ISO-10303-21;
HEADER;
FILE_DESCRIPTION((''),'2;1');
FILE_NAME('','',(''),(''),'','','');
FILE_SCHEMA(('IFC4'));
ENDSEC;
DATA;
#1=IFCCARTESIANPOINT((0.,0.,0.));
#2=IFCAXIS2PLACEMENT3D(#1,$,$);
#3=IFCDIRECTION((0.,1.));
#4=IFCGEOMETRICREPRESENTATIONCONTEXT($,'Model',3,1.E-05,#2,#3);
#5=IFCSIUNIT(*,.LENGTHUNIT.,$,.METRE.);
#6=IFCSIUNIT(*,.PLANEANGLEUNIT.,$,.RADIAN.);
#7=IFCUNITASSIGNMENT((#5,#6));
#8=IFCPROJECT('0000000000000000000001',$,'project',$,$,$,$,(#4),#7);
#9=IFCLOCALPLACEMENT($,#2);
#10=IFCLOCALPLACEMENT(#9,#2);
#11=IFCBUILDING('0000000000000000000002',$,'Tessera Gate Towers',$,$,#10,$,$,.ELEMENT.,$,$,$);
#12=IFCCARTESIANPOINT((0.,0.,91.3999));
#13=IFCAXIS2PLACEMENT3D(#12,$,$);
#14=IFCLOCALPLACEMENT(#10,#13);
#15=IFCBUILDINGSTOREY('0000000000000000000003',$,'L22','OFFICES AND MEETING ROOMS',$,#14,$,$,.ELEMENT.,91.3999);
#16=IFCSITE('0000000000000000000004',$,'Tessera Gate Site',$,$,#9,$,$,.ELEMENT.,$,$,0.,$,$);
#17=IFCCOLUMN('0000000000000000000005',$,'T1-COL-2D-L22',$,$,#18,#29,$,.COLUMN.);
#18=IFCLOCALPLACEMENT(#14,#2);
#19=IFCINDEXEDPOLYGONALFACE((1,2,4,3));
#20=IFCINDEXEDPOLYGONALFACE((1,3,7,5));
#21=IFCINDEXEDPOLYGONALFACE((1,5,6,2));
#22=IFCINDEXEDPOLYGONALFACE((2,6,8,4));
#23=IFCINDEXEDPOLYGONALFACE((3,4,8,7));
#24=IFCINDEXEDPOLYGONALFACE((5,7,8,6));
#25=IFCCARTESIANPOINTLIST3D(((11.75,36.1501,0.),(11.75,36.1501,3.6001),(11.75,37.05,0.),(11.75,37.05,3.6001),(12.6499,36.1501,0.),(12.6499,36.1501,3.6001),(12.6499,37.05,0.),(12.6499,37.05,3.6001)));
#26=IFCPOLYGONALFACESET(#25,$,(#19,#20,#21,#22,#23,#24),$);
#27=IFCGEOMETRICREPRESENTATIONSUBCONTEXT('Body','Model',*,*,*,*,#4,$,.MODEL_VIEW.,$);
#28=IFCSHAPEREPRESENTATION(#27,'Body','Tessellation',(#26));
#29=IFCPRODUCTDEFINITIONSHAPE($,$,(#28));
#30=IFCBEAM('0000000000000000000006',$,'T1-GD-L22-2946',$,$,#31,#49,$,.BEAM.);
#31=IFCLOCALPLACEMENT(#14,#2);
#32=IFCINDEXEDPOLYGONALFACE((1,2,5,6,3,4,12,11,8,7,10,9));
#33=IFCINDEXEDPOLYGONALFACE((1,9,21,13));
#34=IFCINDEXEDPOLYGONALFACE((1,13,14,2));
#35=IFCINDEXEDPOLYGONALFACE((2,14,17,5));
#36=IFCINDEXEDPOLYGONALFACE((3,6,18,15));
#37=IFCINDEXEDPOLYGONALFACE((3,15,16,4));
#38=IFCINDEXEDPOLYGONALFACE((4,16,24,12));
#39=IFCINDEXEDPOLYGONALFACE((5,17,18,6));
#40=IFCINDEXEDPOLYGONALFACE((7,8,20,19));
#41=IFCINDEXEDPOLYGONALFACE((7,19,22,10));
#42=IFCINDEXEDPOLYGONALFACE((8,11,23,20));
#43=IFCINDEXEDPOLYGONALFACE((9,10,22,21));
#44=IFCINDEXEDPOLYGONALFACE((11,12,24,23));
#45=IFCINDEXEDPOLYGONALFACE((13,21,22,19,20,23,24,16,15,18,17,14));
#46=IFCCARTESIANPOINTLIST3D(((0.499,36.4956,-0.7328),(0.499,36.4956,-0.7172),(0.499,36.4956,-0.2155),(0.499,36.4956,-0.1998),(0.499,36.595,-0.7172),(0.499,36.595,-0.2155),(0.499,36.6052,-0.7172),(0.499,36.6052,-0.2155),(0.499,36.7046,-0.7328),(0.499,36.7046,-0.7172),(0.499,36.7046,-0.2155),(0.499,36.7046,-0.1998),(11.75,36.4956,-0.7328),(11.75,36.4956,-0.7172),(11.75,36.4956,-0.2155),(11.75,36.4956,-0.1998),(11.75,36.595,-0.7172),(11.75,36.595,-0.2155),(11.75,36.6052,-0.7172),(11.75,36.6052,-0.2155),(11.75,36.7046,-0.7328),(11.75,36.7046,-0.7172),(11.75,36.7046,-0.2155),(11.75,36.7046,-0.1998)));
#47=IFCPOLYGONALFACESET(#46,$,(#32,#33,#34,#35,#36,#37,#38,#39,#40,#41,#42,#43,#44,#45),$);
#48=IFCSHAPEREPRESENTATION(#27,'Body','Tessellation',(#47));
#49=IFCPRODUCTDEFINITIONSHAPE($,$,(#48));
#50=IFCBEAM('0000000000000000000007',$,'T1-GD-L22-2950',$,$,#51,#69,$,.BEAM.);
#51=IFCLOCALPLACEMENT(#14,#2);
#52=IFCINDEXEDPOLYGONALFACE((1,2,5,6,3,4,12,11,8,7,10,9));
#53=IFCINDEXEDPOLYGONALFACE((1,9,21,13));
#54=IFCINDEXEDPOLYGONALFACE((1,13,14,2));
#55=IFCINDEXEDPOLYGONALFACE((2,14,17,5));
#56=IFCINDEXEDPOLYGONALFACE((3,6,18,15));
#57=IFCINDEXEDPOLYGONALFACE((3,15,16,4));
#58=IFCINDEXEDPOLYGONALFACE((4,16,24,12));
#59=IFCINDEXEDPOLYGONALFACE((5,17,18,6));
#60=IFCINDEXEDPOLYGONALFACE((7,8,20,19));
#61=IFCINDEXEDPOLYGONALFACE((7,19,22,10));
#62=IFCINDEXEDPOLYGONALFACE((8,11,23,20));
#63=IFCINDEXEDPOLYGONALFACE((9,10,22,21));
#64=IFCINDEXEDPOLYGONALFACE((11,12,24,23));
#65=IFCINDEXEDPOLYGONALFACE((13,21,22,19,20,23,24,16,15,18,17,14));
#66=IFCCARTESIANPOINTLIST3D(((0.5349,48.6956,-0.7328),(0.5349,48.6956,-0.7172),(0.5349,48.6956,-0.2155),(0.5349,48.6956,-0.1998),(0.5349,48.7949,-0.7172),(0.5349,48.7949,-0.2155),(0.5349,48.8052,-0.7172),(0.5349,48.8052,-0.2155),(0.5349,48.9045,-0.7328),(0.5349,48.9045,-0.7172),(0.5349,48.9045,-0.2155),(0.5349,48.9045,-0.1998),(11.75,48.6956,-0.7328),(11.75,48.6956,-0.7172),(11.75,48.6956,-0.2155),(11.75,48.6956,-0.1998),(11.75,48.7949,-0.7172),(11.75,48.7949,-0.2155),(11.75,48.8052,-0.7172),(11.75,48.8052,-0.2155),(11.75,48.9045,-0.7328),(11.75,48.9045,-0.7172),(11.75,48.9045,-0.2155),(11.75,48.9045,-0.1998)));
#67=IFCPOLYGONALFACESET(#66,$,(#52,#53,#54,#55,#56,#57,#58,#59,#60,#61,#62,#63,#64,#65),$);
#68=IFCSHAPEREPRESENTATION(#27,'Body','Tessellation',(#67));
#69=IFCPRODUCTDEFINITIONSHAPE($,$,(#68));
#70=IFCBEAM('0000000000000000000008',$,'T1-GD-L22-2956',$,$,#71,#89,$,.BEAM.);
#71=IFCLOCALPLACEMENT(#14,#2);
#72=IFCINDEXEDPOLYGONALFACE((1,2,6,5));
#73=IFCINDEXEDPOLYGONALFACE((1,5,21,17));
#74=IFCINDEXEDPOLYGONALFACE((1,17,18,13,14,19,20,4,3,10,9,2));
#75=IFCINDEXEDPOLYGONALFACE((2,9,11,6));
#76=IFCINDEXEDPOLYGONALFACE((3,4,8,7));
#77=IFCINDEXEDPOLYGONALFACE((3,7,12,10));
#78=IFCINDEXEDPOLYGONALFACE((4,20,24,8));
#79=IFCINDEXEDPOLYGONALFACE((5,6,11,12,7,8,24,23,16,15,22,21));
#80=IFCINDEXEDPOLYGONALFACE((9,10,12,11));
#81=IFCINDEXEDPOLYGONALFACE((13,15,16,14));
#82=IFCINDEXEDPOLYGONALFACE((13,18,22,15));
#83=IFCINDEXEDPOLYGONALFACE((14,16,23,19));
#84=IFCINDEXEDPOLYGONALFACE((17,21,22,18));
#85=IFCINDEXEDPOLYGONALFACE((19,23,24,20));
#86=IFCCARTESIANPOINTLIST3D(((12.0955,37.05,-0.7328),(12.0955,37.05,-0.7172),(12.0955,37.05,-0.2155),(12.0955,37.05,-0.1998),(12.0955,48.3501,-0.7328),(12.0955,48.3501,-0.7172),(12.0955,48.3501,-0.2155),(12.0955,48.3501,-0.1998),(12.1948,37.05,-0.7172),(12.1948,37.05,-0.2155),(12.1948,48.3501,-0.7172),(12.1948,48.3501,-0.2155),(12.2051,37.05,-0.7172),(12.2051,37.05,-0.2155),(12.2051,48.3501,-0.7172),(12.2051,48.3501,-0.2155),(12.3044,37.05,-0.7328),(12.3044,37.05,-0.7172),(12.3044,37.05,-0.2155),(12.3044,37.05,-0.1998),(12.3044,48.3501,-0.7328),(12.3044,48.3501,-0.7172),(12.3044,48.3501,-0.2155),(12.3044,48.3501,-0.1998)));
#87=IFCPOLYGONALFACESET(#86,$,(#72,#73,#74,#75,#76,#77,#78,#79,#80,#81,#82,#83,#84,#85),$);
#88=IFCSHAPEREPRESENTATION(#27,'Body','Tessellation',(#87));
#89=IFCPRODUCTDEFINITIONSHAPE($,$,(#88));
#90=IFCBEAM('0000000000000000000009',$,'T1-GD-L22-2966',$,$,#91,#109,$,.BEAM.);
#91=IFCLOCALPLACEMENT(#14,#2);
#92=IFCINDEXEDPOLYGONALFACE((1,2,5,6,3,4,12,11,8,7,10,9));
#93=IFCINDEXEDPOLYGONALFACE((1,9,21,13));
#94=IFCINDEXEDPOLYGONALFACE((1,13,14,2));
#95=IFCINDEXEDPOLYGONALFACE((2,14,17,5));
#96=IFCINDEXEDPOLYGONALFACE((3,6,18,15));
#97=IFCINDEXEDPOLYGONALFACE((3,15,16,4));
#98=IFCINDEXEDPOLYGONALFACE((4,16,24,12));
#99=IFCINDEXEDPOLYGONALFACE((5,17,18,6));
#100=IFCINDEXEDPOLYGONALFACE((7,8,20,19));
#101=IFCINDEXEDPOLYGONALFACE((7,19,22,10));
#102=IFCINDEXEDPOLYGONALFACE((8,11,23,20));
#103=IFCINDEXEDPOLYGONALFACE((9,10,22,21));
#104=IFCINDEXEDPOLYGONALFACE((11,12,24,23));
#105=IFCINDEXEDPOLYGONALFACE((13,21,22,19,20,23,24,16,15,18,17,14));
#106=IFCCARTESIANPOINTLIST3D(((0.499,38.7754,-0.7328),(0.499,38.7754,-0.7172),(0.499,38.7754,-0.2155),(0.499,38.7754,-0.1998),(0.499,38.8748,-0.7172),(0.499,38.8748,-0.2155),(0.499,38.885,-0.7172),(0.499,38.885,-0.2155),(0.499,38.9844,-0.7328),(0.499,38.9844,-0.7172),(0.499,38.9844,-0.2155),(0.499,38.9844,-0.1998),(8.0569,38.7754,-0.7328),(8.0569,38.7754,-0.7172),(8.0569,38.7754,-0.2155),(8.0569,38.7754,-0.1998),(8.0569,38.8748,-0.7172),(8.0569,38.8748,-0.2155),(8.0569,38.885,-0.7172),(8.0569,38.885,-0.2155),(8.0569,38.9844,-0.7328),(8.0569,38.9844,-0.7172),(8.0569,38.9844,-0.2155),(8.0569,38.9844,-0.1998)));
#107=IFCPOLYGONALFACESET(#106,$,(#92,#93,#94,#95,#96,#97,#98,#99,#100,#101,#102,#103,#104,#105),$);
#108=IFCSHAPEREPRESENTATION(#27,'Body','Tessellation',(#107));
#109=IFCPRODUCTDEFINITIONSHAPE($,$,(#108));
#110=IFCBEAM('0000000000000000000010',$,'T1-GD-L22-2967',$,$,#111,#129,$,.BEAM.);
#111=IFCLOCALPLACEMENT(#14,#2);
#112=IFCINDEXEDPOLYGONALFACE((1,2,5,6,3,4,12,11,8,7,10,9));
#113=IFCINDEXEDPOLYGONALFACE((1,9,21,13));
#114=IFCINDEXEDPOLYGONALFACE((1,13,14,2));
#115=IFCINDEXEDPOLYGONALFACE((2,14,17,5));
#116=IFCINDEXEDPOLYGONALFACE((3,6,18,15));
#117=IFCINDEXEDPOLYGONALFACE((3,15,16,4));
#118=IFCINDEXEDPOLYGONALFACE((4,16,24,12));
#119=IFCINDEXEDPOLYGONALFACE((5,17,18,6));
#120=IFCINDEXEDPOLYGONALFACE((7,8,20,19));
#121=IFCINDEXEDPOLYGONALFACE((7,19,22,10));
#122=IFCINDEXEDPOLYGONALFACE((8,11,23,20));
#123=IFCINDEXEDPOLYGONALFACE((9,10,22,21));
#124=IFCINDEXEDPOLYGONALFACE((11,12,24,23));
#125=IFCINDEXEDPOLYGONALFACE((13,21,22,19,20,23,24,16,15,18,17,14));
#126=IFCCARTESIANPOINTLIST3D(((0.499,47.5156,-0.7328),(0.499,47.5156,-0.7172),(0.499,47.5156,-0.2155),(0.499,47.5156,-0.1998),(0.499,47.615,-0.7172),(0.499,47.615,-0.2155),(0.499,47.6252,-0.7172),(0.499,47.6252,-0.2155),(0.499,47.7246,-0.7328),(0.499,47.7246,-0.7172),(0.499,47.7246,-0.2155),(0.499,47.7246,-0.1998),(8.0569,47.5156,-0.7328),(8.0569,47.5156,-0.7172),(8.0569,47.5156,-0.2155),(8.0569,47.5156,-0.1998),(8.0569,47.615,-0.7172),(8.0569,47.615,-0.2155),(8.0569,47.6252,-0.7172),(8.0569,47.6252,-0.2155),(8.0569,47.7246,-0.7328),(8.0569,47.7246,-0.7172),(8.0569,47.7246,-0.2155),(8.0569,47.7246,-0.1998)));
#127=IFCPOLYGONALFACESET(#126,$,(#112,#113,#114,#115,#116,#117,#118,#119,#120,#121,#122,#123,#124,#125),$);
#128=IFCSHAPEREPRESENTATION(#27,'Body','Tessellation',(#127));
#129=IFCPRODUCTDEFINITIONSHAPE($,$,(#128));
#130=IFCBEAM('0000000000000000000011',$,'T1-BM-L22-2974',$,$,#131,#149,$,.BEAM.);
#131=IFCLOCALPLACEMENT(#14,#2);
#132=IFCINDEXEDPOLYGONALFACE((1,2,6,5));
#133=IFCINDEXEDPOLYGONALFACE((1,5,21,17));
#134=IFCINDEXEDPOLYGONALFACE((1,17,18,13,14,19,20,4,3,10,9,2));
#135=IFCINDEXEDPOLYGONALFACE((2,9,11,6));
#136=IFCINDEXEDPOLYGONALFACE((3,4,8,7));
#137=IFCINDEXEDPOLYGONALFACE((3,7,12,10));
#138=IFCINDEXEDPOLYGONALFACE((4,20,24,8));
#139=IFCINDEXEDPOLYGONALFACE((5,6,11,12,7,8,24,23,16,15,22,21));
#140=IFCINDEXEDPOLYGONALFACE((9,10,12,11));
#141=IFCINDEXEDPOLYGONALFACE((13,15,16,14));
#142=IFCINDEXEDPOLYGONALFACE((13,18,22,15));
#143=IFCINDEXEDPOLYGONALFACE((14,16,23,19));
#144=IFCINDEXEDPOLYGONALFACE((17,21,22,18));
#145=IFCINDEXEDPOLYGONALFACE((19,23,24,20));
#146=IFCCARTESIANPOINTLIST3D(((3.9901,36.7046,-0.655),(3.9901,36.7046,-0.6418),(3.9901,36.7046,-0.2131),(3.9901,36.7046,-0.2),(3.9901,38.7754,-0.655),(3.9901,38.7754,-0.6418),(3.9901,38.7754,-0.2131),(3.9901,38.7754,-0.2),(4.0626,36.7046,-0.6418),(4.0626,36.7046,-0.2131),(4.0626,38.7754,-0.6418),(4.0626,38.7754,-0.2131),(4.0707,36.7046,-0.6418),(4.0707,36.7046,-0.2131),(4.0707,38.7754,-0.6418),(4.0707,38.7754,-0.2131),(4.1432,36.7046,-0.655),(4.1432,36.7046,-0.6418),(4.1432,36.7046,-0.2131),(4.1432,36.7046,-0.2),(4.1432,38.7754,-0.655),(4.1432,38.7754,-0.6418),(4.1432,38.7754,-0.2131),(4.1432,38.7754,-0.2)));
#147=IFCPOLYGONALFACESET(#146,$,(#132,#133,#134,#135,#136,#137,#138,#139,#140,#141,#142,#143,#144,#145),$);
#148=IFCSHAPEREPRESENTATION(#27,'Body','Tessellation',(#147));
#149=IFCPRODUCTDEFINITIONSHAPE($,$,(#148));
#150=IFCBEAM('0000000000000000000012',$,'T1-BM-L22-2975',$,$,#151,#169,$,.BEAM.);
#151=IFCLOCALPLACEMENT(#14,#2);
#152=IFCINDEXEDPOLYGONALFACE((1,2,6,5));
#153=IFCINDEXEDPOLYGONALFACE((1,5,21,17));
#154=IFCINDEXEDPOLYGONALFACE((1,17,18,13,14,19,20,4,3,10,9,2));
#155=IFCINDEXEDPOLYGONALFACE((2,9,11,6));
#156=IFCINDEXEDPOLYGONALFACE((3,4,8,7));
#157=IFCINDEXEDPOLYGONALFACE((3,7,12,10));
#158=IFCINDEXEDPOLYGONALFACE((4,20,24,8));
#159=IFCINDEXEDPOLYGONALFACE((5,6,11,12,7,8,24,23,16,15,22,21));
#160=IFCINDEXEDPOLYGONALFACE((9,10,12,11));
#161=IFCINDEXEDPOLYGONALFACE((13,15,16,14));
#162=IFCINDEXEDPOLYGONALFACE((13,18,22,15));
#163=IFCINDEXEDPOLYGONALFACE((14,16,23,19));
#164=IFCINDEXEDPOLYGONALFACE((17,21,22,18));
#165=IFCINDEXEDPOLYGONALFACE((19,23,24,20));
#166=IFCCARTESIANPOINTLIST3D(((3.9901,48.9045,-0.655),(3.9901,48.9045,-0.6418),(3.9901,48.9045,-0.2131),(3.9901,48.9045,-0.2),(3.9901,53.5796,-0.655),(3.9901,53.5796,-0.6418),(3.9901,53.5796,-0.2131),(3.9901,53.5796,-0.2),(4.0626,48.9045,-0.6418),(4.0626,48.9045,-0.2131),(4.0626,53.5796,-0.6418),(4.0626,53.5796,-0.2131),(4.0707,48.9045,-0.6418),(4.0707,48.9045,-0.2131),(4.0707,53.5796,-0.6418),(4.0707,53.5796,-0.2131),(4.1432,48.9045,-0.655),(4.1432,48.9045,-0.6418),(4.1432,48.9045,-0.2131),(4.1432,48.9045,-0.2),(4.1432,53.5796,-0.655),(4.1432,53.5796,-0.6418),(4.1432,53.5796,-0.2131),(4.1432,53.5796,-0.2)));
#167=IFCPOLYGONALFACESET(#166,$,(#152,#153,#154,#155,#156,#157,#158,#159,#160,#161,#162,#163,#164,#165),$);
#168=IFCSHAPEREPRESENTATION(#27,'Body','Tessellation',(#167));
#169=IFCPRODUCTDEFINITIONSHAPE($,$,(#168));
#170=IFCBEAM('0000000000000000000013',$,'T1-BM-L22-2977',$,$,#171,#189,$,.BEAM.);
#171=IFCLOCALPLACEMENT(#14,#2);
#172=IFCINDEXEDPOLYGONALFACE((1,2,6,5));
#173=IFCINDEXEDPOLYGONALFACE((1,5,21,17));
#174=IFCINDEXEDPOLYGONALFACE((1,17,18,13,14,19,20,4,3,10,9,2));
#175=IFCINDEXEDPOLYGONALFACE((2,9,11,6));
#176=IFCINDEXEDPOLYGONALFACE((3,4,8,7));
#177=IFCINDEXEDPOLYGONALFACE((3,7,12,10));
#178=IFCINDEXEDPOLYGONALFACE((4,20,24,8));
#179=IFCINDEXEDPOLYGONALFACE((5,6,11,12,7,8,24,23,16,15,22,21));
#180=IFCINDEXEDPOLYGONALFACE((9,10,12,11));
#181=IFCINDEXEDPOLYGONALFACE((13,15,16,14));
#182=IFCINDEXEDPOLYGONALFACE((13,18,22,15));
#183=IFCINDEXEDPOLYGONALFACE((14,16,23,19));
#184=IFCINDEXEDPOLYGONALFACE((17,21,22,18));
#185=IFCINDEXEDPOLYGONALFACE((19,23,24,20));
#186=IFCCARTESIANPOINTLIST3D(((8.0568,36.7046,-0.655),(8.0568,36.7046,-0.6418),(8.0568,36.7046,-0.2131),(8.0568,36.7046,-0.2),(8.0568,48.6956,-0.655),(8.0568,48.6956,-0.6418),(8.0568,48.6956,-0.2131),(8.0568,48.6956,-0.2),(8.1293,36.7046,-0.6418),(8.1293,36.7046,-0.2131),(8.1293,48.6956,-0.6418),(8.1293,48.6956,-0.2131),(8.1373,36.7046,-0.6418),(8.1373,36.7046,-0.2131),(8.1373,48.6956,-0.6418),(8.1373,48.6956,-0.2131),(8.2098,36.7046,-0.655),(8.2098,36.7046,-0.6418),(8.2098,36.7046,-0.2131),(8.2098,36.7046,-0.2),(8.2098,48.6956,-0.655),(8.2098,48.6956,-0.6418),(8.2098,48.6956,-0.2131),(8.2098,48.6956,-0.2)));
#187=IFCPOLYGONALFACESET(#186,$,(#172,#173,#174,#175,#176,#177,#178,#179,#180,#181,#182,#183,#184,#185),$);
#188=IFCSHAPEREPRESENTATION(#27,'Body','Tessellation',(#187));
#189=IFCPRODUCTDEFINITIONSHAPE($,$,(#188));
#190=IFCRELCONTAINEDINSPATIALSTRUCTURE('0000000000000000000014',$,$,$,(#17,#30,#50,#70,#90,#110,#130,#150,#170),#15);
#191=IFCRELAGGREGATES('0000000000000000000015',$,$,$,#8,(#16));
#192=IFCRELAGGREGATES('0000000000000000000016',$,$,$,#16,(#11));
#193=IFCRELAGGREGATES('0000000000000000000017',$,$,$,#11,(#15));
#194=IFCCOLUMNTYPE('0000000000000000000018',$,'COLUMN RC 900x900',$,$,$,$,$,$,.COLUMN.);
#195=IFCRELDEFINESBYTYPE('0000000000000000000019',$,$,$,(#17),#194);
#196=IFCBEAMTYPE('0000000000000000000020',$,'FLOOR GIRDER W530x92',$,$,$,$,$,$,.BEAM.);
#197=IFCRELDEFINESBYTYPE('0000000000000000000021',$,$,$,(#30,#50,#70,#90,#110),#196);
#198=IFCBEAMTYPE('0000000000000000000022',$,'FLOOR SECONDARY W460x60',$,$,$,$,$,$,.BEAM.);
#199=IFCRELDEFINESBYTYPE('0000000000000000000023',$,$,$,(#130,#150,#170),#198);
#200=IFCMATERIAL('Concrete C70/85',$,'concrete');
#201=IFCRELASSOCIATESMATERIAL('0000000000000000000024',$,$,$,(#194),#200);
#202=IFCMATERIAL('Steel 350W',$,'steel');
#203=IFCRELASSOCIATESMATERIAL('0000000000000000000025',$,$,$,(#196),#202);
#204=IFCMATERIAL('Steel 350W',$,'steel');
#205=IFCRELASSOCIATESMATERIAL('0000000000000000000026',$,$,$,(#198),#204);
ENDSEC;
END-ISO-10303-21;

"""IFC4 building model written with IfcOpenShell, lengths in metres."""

from ifc_helpers import new_model, si_unit, direction, frame, origin, origin_2d, place, context, subcontext, project, spatial, rectangle, i_section, extrude, material, material_profile, profile_set, type_object, element, save


model = new_model("IFC4")

# Units and contexts
model_context = context("Model", 3, precision=1e-05, world=origin(), true_north=direction((0.0, 1.0)))
body_context = subcontext(model_context, "Body", "Model", "MODEL_VIEW")
ifc_project = project(units=[si_unit("LENGTHUNIT", "METRE"), si_unit("PLANEANGLEUNIT", "RADIAN")], contexts=[model_context])

# Site, building, storey
site_placement = place(None, origin())
site = spatial("IfcSite", under=ifc_project, at=site_placement, Name="Tessera Gate Site", CompositionType="ELEMENT", RefElevation=0.0)
building_placement = place(site_placement, origin())
building = spatial("IfcBuilding", under=site, at=building_placement, Name="Tessera Gate Towers", CompositionType="ELEMENT")
storey_placement = place(building_placement, frame((0.0, 0.0, 91.3999)))
storey = spatial("IfcBuildingStorey", under=building, at=storey_placement, Name="L22", Description="OFFICES AND MEETING ROOMS", CompositionType="ELEMENT", Elevation=91.3999)

# Column
ifc_material_1 = material(Name="Concrete C70/85", Category="concrete")
ifc_material_profile_1 = material_profile(ifc_material_1, rectangle(XDim=0.8999, YDim=0.8999, at=origin_2d()), Name="RC 900x900")
ifc_profile_set_1 = profile_set([ifc_material_profile_1], Name="Concrete C70/85")
column_type = type_object("IfcColumnType", Name="COLUMN RC 900x900", PredefinedType="COLUMN", material=ifc_profile_set_1)
column_placement = place(storey_placement, frame((12.2, 36.6001, 0.0), z_axis=(0.0, 0.0, 1.0), x_axis=(1.0, 0.0, 0.0)))
element("IfcColumn", 1, at=column_placement, inside=storey, type_object=column_type, Name="T1-COL-2D-L22", PredefinedType="COLUMN", context=body_context, shape_type="SweptSolid", body=[
    extrude(rectangle(XDim=0.8999, YDim=0.8999, at=origin_2d()), origin(), (0.0, 0.0, 1.0), 3.6001),
])

# Beams
ifc_material_2 = material(Name="Steel 350W", Category="steel")
ifc_material_profile_2 = material_profile(ifc_material_2, i_section(OverallWidth=0.209, OverallDepth=0.533, WebThickness=0.0103, FlangeThickness=0.0156, at=origin_2d()), Name="W530x92")
ifc_profile_set_2 = profile_set([ifc_material_profile_2], Name="Steel 350W")
beam_type_1 = type_object("IfcBeamType", Name="FLOOR GIRDER W530x92", PredefinedType="BEAM", material=ifc_profile_set_2)
beam_1_placement = place(storey_placement, frame((0.499, 36.6001, -0.4663), z_axis=(1.0, 0.0, 0.0), x_axis=(0.0, 1.0, 0.0)))
element("IfcBeam", 2, at=beam_1_placement, inside=storey, type_object=beam_type_1, Name="T1-GD-L22-2946", PredefinedType="BEAM", context=body_context, shape_type="SweptSolid", body=[
    extrude(i_section(OverallWidth=0.209, OverallDepth=0.533, WebThickness=0.0103, FlangeThickness=0.0156, at=origin_2d()), origin(), (0.0, 0.0, 1.0), 11.251),
])
beam_2_placement = place(storey_placement, frame((0.5349, 48.8, -0.4663), z_axis=(1.0, 0.0, 0.0), x_axis=(0.0, 1.0, 0.0)))
element("IfcBeam", 3, at=beam_2_placement, inside=storey, type_object=beam_type_1, Name="T1-GD-L22-2950", PredefinedType="BEAM", context=body_context, shape_type="SweptSolid", body=[
    extrude(i_section(OverallWidth=0.209, OverallDepth=0.533, WebThickness=0.0103, FlangeThickness=0.0156, at=origin_2d()), origin(), (0.0, 0.0, 1.0), 11.2151),
])
beam_3_placement = place(storey_placement, frame((12.2, 37.05, -0.4663), z_axis=(0.0, 1.0, 0.0), x_axis=(-1.0, 0.0, 0.0)))
element("IfcBeam", 4, at=beam_3_placement, inside=storey, type_object=beam_type_1, Name="T1-GD-L22-2956", PredefinedType="BEAM", context=body_context, shape_type="SweptSolid", body=[
    extrude(i_section(OverallWidth=0.209, OverallDepth=0.533, WebThickness=0.0103, FlangeThickness=0.0156, at=origin_2d()), origin(), (0.0, 0.0, 1.0), 11.3),
])
for number, where, z_axis, x_axis, name in (
    (5, (0.499, 38.8799, -0.4663), (1.0, 0.0, 0.0), (0.0, 1.0, 0.0), "T1-GD-L22-2966"),
    (6, (0.499, 47.6201, -0.4663), (1.0, 0.0, 0.0), (0.0, 1.0, 0.0), "T1-GD-L22-2967"),
):
    element("IfcBeam", number, at=place(storey_placement, frame(where, z_axis=z_axis, x_axis=x_axis)), inside=storey, type_object=beam_type_1, Name=name, PredefinedType="BEAM", context=body_context, shape_type="SweptSolid", body=[
        extrude(i_section(OverallWidth=0.209, OverallDepth=0.533, WebThickness=0.0103, FlangeThickness=0.0156, at=origin_2d()), origin(), (0.0, 0.0, 1.0), 7.5579),
    ])
ifc_material_3 = material(Name="Steel 350W", Category="steel")
ifc_material_profile_3 = material_profile(ifc_material_3, i_section(OverallWidth=0.1531, OverallDepth=0.4551, WebThickness=0.0081, FlangeThickness=0.0132, at=origin_2d()), Name="W460x60")
ifc_profile_set_3 = profile_set([ifc_material_profile_3], Name="Steel 350W")
beam_type_2 = type_object("IfcBeamType", Name="FLOOR SECONDARY W460x60", PredefinedType="BEAM", material=ifc_profile_set_3)
beam_4_placement = place(storey_placement, frame((4.0667, 36.7046, -0.4275), z_axis=(0.0, 1.0, 0.0), x_axis=(-1.0, 0.0, 0.0)))
element("IfcBeam", 7, at=beam_4_placement, inside=storey, type_object=beam_type_2, Name="T1-BM-L22-2974", PredefinedType="BEAM", context=body_context, shape_type="SweptSolid", body=[
    extrude(i_section(OverallWidth=0.1531, OverallDepth=0.4551, WebThickness=0.0081, FlangeThickness=0.0132, at=origin_2d()), origin(), (0.0, 0.0, 1.0), 2.0708),
])
beam_5_placement = place(storey_placement, frame((4.0667, 48.9045, -0.4275), z_axis=(0.0, 1.0, 0.0), x_axis=(-1.0, 0.0, 0.0)))
element("IfcBeam", 8, at=beam_5_placement, inside=storey, type_object=beam_type_2, Name="T1-BM-L22-2975", PredefinedType="BEAM", context=body_context, shape_type="SweptSolid", body=[
    extrude(i_section(OverallWidth=0.1531, OverallDepth=0.4551, WebThickness=0.0081, FlangeThickness=0.0132, at=origin_2d()), origin(), (0.0, 0.0, 1.0), 4.675),
])
beam_6_placement = place(storey_placement, frame((8.1333, 36.7046, -0.4275), z_axis=(0.0, 1.0, 0.0), x_axis=(-1.0, 0.0, 0.0)))
element("IfcBeam", 9, at=beam_6_placement, inside=storey, type_object=beam_type_2, Name="T1-BM-L22-2977", PredefinedType="BEAM", context=body_context, shape_type="SweptSolid", body=[
    extrude(i_section(OverallWidth=0.1531, OverallDepth=0.4551, WebThickness=0.0081, FlangeThickness=0.0132, at=origin_2d()), origin(), (0.0, 0.0, 1.0), 11.991),
])

save(model, "model.ifc")
